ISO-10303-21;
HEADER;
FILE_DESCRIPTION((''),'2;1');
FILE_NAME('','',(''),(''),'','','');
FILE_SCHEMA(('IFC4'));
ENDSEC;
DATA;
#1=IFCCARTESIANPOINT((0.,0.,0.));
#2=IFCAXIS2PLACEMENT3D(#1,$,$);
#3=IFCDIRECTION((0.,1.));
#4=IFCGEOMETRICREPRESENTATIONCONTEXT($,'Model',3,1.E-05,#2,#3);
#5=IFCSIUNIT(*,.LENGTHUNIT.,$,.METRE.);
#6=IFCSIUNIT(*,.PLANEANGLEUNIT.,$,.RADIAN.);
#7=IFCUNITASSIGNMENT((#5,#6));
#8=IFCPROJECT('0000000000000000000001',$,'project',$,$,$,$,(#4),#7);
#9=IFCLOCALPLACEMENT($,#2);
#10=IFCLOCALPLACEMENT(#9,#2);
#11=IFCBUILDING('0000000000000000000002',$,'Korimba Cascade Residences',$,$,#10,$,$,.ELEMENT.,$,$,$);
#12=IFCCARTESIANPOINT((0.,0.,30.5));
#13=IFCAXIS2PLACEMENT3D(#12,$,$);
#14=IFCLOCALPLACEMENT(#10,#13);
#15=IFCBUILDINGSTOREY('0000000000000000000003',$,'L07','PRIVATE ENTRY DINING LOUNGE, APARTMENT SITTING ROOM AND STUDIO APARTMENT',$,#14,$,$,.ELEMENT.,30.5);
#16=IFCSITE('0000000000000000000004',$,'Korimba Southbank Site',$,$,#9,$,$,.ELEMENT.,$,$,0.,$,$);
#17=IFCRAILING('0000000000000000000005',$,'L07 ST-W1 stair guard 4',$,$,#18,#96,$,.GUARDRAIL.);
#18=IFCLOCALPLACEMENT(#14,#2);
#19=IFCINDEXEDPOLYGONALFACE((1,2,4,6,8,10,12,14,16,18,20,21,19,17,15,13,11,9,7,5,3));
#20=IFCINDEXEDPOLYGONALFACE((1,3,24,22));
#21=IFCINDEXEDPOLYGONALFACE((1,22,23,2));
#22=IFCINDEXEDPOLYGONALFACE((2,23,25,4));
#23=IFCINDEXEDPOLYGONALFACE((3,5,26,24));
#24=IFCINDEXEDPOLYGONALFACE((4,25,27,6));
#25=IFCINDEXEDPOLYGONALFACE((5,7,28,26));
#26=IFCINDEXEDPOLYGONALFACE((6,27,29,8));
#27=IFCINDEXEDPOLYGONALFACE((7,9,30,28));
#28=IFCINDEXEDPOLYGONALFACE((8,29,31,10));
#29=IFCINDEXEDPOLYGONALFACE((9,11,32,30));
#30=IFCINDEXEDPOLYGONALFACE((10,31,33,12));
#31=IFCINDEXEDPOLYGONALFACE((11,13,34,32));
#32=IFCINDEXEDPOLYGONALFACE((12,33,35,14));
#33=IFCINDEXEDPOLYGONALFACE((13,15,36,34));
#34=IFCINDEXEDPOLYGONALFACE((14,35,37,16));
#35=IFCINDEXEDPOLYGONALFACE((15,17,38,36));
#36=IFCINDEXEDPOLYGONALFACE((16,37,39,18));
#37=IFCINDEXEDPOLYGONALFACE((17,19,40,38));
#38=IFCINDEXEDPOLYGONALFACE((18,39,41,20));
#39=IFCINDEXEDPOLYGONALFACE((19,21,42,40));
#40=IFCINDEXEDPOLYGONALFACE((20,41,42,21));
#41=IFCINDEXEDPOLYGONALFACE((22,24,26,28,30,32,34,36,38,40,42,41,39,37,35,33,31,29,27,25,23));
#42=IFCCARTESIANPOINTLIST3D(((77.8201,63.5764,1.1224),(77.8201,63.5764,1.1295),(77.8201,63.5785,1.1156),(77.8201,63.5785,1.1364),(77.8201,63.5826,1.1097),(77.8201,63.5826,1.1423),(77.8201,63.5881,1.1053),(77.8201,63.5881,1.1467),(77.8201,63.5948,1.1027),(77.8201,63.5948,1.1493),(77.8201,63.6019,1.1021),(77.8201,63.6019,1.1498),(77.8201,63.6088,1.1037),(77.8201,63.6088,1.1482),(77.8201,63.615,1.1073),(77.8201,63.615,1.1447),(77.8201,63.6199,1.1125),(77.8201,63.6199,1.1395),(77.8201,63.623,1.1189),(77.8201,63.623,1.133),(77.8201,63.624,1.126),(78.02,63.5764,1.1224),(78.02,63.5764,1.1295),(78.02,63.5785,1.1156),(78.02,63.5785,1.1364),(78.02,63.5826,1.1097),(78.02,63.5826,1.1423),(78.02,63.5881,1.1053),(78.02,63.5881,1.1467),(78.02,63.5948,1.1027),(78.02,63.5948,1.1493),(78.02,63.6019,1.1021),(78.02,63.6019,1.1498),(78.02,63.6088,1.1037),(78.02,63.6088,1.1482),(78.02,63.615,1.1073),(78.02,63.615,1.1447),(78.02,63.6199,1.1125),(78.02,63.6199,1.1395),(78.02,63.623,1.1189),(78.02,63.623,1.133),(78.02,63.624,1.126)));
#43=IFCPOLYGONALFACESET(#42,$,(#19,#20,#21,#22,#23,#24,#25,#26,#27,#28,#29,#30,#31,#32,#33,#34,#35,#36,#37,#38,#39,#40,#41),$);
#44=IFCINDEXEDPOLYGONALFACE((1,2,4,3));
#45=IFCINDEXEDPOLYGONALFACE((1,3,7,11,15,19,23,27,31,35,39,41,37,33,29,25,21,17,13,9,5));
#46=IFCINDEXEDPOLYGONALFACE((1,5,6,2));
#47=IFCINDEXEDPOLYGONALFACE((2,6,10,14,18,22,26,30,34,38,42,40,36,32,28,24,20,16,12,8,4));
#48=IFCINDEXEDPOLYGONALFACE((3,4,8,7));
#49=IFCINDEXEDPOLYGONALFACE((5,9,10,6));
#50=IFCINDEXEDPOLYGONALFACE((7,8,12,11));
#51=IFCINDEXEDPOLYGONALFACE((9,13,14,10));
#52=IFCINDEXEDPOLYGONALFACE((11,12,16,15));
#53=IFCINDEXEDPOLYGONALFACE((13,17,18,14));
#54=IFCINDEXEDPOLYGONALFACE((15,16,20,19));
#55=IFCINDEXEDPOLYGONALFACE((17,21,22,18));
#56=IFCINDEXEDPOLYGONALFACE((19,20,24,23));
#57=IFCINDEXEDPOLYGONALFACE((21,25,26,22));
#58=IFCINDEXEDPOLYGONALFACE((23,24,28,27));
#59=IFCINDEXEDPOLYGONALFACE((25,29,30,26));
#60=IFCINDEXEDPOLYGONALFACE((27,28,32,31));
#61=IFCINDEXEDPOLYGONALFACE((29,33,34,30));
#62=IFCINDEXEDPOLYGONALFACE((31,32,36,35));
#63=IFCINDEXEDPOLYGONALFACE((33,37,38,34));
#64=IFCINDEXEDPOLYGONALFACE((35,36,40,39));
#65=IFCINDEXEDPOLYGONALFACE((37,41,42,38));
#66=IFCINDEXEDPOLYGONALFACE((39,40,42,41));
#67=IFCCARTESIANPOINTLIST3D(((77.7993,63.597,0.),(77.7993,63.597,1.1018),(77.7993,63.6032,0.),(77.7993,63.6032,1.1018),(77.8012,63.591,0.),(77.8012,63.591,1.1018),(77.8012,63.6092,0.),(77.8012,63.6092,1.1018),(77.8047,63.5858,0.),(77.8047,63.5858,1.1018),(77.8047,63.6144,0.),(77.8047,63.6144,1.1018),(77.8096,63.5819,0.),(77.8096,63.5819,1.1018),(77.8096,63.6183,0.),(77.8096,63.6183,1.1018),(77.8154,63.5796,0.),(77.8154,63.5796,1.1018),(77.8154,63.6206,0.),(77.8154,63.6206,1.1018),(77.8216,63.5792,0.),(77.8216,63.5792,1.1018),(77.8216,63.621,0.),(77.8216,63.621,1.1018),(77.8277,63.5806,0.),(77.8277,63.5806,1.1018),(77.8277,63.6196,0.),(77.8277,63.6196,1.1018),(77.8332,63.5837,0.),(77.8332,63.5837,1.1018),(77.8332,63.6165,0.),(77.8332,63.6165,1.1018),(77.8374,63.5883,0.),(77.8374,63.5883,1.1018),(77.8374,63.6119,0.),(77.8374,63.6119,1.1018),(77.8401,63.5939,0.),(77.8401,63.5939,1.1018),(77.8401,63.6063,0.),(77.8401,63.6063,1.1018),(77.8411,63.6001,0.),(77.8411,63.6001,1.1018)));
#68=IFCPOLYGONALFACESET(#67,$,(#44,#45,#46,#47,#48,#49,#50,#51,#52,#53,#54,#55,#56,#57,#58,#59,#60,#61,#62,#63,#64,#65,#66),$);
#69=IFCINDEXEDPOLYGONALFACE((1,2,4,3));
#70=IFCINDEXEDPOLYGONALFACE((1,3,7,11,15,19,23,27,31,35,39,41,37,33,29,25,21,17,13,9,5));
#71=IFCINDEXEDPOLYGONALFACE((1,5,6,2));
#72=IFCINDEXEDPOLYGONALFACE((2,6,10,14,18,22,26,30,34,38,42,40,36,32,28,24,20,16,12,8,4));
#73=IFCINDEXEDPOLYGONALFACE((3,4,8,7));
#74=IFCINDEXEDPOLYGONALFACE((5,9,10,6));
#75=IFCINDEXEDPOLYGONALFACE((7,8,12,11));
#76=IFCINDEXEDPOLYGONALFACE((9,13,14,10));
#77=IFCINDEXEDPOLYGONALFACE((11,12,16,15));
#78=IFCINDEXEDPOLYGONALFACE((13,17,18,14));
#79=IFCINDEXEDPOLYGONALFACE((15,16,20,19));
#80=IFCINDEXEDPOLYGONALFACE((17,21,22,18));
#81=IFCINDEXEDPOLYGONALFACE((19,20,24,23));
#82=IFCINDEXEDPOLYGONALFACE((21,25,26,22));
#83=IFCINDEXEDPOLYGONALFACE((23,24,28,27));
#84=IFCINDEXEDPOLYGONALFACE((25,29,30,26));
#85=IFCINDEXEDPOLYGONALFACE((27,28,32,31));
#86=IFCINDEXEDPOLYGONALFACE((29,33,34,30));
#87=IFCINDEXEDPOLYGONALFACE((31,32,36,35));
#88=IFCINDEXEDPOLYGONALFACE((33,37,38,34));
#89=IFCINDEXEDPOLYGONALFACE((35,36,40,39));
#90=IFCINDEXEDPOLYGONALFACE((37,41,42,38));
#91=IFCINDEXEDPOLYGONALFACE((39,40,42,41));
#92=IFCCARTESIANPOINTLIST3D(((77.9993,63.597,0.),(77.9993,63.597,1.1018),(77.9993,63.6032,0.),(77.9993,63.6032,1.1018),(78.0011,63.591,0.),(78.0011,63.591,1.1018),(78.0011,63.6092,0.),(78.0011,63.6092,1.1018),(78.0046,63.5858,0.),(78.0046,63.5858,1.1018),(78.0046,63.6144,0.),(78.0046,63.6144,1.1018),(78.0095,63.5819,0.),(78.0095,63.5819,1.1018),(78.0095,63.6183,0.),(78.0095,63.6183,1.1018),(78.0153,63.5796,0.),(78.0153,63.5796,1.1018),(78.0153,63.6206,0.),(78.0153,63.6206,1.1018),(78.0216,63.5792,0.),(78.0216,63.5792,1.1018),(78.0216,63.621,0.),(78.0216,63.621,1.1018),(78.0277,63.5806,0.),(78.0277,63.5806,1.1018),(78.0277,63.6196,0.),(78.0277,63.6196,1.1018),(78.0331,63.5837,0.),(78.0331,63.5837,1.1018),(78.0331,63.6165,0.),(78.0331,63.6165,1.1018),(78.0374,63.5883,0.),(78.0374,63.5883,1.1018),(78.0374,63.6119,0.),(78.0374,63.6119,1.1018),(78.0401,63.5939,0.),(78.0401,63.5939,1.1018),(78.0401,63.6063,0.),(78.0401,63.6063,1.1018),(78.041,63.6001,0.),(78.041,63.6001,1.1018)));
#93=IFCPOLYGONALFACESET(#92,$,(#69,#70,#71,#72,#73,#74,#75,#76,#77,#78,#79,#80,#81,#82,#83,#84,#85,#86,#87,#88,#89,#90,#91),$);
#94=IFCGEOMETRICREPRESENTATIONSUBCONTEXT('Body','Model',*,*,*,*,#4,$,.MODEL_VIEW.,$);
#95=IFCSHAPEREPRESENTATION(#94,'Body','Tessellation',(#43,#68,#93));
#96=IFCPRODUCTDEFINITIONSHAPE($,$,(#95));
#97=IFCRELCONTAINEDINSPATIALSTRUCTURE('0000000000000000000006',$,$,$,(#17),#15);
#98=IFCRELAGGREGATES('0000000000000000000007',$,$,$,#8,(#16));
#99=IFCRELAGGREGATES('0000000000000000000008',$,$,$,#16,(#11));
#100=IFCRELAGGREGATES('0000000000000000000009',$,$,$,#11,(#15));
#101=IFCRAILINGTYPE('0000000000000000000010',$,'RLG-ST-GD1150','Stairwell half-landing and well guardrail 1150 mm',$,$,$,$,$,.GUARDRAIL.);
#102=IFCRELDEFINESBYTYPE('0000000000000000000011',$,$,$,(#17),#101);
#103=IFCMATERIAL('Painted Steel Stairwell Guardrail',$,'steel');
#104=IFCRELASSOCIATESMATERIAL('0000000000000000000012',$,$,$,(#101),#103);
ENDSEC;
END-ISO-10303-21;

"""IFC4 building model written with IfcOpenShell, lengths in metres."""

from ifc_helpers import new_model, si_unit, direction, frame, origin, origin_2d, place, context, subcontext, project, spatial, circle, extrude, material, type_object, element, save


model = new_model("IFC4")

# Units and contexts
model_context = context("Model", 3, precision=1e-05, world=origin(), true_north=direction((0.0, 1.0)))
body_context = subcontext(model_context, "Body", "Model", "MODEL_VIEW")
ifc_project = project(units=[si_unit("LENGTHUNIT", "METRE"), si_unit("PLANEANGLEUNIT", "RADIAN")], contexts=[model_context])

# Site, building, storey
site_placement = place(None, origin())
site = spatial("IfcSite", under=ifc_project, at=site_placement, Name="Korimba Southbank Site", CompositionType="ELEMENT", RefElevation=0.0)
building_placement = place(site_placement, origin())
building = spatial("IfcBuilding", under=site, at=building_placement, Name="Korimba Cascade Residences", CompositionType="ELEMENT")
storey_placement = place(building_placement, frame((0.0, 0.0, 30.5)))
storey = spatial("IfcBuildingStorey", under=building, at=storey_placement, Name="L07", Description="PRIVATE ENTRY DINING LOUNGE, APARTMENT SITTING ROOM AND STUDIO APARTMENT", CompositionType="ELEMENT", Elevation=30.5)

# Railing
ifc_material_1 = material(Name="Painted Steel Stairwell Guardrail", Category="steel")
railing_type_1 = type_object("IfcRailingType", Name="RLG-ST-GD1150", Description="Stairwell half-landing and well guardrail 1150 mm", PredefinedType="GUARDRAIL", material=ifc_material_1)
railing_1_placement = place(storey_placement, frame((77.8201, 63.6001, 0.0)))
element("IfcRailing", 1, at=railing_1_placement, inside=storey, type_object=railing_type_1, Name="L07 ST-W1 stair guard 4", PredefinedType="GUARDRAIL", context=body_context, shape_type="SweptSolid", body=[
    extrude(circle(Radius=0.0239, at=origin_2d()), frame((0.0, 0.0, 1.126), z_axis=(1.0, 0.0, 0.0), x_axis=(0.0, 1.0, 0.0)), (0.0, 0.0, 1.0), 0.2),
    extrude(circle(Radius=0.021, at=origin_2d()), origin(), (0.0, 0.0, 1.0), 1.1018),
    extrude(circle(Radius=0.021, at=origin_2d()), frame((0.2, 0.0, 0.0)), (0.0, 0.0, 1.0), 1.1018),
])

save(model, "model.ifc")
